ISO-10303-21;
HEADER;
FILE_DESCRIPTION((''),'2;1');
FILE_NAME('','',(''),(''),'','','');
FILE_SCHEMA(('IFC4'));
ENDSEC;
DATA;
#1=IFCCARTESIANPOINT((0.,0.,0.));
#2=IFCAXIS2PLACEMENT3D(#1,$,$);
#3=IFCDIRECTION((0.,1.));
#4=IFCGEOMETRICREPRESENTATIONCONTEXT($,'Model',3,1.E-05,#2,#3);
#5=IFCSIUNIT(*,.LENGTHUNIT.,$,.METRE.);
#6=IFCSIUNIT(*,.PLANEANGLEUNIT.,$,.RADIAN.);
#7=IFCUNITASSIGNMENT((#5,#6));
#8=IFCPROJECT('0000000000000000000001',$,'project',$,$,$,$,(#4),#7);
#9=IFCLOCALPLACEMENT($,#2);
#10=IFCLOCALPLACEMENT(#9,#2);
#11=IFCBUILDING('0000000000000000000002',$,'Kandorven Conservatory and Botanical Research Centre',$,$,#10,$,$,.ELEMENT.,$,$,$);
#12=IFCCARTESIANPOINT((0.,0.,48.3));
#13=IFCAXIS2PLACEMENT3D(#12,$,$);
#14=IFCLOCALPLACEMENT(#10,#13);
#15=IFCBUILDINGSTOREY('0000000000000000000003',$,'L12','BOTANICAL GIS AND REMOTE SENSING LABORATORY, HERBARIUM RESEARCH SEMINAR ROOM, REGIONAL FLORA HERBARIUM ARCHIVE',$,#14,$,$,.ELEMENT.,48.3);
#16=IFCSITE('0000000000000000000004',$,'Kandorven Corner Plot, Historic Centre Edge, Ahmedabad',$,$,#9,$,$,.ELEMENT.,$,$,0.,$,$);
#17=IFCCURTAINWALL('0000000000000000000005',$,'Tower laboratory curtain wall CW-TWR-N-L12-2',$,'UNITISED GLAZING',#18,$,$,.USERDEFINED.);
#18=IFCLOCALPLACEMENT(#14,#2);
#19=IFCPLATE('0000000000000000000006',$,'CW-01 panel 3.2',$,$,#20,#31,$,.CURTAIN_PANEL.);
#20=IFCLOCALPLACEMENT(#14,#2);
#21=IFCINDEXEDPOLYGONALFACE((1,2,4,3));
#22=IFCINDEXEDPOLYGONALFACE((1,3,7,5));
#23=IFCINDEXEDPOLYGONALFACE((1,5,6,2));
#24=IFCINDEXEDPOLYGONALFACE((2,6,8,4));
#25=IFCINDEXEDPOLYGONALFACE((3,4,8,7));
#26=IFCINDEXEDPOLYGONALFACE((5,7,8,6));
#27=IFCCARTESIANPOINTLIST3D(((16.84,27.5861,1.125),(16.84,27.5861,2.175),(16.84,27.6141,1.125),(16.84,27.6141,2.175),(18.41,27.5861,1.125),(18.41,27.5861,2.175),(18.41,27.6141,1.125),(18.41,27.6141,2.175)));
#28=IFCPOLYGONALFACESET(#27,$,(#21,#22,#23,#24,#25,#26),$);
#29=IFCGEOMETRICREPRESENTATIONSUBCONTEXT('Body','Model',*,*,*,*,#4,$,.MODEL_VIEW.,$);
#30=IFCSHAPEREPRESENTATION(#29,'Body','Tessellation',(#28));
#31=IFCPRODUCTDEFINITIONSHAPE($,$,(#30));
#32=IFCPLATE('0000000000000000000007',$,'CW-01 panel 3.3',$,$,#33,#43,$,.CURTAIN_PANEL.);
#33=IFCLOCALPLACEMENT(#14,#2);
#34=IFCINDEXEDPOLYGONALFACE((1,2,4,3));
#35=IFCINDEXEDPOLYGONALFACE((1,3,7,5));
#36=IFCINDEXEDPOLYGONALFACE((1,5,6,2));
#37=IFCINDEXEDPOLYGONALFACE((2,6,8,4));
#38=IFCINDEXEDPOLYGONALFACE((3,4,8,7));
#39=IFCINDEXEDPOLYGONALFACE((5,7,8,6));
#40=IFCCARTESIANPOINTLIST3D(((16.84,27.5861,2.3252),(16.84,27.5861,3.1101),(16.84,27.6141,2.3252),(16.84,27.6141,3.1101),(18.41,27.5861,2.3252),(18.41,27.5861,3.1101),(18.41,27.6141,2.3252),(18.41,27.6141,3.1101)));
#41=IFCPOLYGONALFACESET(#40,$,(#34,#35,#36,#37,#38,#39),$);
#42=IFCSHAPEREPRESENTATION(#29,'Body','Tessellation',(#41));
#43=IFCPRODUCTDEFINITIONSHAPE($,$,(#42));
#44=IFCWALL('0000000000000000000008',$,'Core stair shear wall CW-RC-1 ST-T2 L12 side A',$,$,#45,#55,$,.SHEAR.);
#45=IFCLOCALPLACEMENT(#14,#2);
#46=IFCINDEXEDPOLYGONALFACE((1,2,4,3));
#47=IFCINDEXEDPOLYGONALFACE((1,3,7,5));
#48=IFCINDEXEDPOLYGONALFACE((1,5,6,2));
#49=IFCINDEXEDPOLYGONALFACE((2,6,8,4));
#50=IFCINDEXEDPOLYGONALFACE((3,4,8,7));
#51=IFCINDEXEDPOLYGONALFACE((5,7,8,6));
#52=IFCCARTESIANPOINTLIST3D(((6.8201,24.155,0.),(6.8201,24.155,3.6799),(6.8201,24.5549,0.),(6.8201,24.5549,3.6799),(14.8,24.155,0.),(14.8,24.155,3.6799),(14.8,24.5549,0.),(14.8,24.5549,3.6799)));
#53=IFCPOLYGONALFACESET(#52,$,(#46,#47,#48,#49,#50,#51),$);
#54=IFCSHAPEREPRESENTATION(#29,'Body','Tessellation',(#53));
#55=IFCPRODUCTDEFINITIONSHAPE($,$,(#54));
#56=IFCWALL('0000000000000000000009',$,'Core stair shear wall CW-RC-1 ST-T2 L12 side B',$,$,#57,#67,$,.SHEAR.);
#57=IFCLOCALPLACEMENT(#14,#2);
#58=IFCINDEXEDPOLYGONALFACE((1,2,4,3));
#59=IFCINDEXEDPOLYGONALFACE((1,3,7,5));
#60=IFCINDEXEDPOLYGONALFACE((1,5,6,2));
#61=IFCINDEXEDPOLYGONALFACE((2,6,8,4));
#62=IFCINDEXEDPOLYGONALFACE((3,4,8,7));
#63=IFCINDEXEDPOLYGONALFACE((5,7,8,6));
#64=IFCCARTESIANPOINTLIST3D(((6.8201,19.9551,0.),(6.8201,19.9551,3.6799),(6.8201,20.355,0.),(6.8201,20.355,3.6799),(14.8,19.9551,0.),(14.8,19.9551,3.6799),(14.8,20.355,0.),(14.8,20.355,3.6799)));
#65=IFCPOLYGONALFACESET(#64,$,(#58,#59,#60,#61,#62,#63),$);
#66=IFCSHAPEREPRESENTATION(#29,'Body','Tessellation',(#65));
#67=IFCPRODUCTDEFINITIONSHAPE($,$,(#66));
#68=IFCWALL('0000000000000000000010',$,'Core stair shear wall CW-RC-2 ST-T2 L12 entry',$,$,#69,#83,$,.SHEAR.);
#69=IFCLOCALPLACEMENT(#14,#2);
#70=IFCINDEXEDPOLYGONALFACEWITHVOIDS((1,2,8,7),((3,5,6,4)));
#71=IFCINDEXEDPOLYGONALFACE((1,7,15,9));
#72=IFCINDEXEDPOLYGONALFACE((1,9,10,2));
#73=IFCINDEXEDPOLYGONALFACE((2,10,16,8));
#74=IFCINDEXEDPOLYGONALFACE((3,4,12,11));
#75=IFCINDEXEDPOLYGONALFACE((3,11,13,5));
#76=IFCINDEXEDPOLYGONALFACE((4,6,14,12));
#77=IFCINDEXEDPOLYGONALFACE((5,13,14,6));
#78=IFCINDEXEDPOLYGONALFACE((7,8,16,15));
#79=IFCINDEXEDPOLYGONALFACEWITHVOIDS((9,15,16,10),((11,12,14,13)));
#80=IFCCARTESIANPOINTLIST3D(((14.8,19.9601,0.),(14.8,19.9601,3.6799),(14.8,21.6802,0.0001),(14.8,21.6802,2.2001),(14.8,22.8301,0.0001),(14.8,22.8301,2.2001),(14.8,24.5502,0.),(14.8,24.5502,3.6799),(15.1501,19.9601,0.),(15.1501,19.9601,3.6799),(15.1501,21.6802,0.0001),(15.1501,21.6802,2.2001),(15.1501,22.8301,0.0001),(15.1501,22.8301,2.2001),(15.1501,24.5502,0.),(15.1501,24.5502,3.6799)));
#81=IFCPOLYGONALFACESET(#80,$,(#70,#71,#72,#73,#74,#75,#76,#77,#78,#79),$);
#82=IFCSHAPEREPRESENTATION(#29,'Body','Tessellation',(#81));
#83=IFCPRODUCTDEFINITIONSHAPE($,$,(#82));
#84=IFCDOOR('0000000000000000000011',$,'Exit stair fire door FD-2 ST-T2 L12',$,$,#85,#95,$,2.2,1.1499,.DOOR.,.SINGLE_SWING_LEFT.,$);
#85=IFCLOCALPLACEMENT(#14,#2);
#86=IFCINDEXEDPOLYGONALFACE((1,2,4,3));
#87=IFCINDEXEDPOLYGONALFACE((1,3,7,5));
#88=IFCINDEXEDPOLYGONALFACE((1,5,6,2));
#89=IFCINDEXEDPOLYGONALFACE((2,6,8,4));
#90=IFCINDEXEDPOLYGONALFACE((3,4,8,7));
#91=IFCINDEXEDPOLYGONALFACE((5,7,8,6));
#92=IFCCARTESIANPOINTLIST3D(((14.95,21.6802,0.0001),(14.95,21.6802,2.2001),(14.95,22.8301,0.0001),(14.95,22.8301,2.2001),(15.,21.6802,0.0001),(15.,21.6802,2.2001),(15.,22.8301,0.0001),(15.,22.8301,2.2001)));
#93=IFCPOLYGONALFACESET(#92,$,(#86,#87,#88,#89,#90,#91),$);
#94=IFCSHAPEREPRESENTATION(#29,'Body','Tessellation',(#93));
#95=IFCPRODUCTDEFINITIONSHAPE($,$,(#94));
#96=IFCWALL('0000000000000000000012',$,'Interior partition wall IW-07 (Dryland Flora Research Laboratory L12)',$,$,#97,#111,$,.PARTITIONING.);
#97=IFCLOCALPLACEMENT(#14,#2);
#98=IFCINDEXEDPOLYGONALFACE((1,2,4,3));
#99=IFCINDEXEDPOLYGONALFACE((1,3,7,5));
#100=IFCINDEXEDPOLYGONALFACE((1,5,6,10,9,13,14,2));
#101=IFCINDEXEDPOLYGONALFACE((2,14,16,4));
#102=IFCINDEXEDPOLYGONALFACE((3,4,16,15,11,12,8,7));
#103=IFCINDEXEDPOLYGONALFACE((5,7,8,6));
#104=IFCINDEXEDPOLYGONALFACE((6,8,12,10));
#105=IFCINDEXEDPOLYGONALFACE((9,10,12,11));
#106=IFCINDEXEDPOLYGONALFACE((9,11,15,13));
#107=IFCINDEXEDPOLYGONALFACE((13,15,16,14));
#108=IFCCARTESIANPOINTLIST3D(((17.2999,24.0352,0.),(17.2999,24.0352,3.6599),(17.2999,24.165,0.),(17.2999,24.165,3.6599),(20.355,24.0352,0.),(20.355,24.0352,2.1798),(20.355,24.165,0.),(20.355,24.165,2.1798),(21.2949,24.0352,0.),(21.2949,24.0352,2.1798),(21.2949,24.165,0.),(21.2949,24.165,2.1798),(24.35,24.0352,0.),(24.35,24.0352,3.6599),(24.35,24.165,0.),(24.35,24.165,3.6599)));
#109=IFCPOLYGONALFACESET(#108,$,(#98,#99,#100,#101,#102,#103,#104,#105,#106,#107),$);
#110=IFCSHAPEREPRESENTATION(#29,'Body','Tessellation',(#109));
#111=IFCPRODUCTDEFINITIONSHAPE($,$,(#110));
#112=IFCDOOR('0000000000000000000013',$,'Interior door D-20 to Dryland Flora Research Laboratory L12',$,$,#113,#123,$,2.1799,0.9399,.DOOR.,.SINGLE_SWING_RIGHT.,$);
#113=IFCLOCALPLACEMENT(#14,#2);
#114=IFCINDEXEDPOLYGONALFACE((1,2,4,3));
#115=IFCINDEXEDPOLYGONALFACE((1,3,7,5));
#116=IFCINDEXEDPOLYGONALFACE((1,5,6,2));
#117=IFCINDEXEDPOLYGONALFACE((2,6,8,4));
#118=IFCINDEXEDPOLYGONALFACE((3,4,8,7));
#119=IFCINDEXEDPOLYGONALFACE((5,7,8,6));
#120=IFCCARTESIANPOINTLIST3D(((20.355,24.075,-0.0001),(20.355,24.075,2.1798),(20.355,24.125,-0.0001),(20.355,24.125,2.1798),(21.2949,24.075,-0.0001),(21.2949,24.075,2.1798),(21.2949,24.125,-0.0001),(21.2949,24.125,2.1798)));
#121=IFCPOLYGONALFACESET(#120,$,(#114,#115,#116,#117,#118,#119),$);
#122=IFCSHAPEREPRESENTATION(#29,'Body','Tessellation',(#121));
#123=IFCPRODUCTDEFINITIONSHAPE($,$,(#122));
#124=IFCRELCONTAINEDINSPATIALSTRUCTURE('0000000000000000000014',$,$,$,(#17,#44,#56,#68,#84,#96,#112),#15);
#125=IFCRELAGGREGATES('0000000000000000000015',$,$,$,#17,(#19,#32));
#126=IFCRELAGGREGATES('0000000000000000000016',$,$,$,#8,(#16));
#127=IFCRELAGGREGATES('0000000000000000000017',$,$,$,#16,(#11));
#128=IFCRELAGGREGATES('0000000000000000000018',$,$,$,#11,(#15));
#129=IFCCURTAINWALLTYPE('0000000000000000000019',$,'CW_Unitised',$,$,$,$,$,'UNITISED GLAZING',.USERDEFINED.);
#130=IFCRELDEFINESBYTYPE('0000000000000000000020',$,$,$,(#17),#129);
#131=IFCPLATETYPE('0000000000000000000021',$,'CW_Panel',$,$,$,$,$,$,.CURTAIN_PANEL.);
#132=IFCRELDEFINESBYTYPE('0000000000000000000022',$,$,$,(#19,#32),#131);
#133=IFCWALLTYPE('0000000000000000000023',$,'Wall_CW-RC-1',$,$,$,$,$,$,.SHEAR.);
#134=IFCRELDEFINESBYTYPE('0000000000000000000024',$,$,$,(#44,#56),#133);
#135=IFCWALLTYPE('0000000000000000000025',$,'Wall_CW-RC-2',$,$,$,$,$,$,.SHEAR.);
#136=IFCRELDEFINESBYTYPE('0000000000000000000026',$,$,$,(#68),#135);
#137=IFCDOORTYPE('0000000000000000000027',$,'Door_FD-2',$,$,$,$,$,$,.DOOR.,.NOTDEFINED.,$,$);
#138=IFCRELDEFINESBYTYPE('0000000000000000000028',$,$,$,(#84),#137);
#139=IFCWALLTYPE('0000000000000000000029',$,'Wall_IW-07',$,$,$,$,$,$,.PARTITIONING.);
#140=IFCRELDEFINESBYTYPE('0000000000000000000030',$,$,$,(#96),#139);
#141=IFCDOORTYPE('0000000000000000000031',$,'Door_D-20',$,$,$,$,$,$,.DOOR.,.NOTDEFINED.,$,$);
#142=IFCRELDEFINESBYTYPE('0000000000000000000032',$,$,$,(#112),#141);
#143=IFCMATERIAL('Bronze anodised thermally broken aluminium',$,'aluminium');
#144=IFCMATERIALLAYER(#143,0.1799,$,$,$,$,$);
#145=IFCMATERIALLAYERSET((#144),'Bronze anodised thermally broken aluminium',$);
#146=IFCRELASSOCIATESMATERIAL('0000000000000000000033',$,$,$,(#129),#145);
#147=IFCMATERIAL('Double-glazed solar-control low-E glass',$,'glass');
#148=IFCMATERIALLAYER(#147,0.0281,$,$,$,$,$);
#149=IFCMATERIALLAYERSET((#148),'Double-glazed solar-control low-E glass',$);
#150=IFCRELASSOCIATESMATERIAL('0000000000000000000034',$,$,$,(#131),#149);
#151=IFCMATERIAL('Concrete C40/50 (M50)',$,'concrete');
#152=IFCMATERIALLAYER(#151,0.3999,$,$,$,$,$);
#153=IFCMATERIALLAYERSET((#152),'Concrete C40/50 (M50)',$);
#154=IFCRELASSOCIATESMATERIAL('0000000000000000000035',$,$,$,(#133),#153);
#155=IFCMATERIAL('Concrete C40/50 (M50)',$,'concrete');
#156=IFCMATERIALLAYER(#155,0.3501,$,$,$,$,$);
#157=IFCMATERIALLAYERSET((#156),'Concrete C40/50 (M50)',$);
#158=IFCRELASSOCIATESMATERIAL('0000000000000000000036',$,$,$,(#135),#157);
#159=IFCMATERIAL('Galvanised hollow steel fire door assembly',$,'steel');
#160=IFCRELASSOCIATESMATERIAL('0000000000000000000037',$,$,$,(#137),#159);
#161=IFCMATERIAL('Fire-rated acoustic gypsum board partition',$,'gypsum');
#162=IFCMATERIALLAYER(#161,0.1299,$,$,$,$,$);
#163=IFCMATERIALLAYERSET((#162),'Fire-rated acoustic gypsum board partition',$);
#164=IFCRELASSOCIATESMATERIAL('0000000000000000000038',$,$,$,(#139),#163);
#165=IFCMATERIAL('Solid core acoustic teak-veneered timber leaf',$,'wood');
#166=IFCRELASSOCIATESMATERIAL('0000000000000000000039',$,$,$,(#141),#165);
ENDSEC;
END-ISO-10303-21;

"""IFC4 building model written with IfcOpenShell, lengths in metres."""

from ifc_helpers import new_model, si_unit, direction, frame, frame_2d, origin, origin_2d, place, context, subcontext, project, spatial, rectangle, extrude, material, layer, layer_set, type_object, element, fill, aggregate, save


model = new_model("IFC4")

# Units and contexts
model_context = context("Model", 3, precision=1e-05, world=origin(), true_north=direction((0.0, 1.0)))
body_context = subcontext(model_context, "Body", "Model", "MODEL_VIEW")
ifc_project = project(units=[si_unit("LENGTHUNIT", "METRE"), si_unit("PLANEANGLEUNIT", "RADIAN")], contexts=[model_context])

# Site, building, storey
site_placement = place(None, origin())
site = spatial("IfcSite", under=ifc_project, at=site_placement, Name="Kandorven Corner Plot, Historic Centre Edge, Ahmedabad", CompositionType="ELEMENT", RefElevation=0.0)
building_placement = place(site_placement, origin())
building = spatial("IfcBuilding", under=site, at=building_placement, Name="Kandorven Conservatory and Botanical Research Centre", CompositionType="ELEMENT")
storey_placement = place(building_placement, frame((0.0, 0.0, 48.3)))
storey = spatial("IfcBuildingStorey", under=building, at=storey_placement, Name="L12", Description="BOTANICAL GIS AND REMOTE SENSING LABORATORY, HERBARIUM RESEARCH SEMINAR ROOM, REGIONAL FLORA HERBARIUM ARCHIVE", CompositionType="ELEMENT", Elevation=48.3)

# Curtain wall, plates
ifc_material_1 = material(Name="Bronze anodised thermally broken aluminium", Category="aluminium")
ifc_layer_1 = layer(ifc_material_1, 0.1799)
ifc_layer_set_1 = layer_set([ifc_layer_1], Name="Bronze anodised thermally broken aluminium")
curtain_wall_type = type_object("IfcCurtainWallType", Name="CW_Unitised", ElementType="UNITISED GLAZING", PredefinedType="USERDEFINED", material=ifc_layer_set_1)
curtain_wall_placement = place(storey_placement, origin())
curtain_wall = element("IfcCurtainWall", 1, at=curtain_wall_placement, inside=storey, type_object=curtain_wall_type, Name="Tower laboratory curtain wall CW-TWR-N-L12-2", ObjectType="UNITISED GLAZING", PredefinedType="USERDEFINED")
ifc_material_2 = material(Name="Double-glazed solar-control low-E glass", Category="glass")
ifc_layer_2 = layer(ifc_material_2, 0.0281)
ifc_layer_set_2 = layer_set([ifc_layer_2], Name="Double-glazed solar-control low-E glass")
plate_type = type_object("IfcPlateType", Name="CW_Panel", PredefinedType="CURTAIN_PANEL", material=ifc_layer_set_2)
plate_1_placement = place(storey_placement, frame((17.625, 27.6001, 1.125), z_axis=(0.0, 0.0, 1.0), x_axis=(1.0, 0.0, 0.0)))
plate_1 = element("IfcPlate", 2, at=plate_1_placement, type_object=plate_type, Name="CW-01 panel 3.2", PredefinedType="CURTAIN_PANEL", context=body_context, shape_type="SweptSolid", body=[
    extrude(rectangle(XDim=1.5701, YDim=0.0281, at=origin_2d()), origin(), (0.0, 0.0, 1.0), 1.05),
])
plate_2_placement = place(storey_placement, frame((17.625, 27.6001, 2.3252), z_axis=(0.0, 0.0, 1.0), x_axis=(1.0, 0.0, 0.0)))
plate_2 = element("IfcPlate", 3, at=plate_2_placement, type_object=plate_type, Name="CW-01 panel 3.3", PredefinedType="CURTAIN_PANEL", context=body_context, shape_type="SweptSolid", body=[
    extrude(rectangle(XDim=1.5701, YDim=0.0281, at=origin_2d()), origin(), (0.0, 0.0, 1.0), 0.7849),
])
aggregate(curtain_wall, [plate_1, plate_2])

# Walls
ifc_material_3 = material(Name="Concrete C40/50 (M50)", Category="concrete")
ifc_layer_3 = layer(ifc_material_3, 0.3999)
ifc_layer_set_3 = layer_set([ifc_layer_3], Name="Concrete C40/50 (M50)")
wall_type_1 = type_object("IfcWallType", Name="Wall_CW-RC-1", PredefinedType="SHEAR", material=ifc_layer_set_3)
for number, where, z_axis, x_axis, name in (
    (4, (14.8, 24.355, 0.0), (0.0, 0.0, 1.0), (-1.0, 0.0, 0.0), "Core stair shear wall CW-RC-1 ST-T2 L12 side A"),
    (5, (14.8, 20.155, 0.0), (0.0, 0.0, 1.0), (-1.0, 0.0, 0.0), "Core stair shear wall CW-RC-1 ST-T2 L12 side B"),
):
    element("IfcWall", number, at=place(storey_placement, frame(where, z_axis=z_axis, x_axis=x_axis)), inside=storey, type_object=wall_type_1, Name=name, PredefinedType="SHEAR", context=body_context, shape_type="SweptSolid", body=[
        extrude(rectangle(XDim=7.98, YDim=0.3999, at=frame_2d((3.99, 0.0))), origin(), (0.0, 0.0, 1.0), 3.6799),
    ])

# Walls, openings, doors
ifc_material_4 = material(Name="Concrete C40/50 (M50)", Category="concrete")
ifc_layer_4 = layer(ifc_material_4, 0.3501)
ifc_layer_set_4 = layer_set([ifc_layer_4], Name="Concrete C40/50 (M50)")
wall_type_2 = type_object("IfcWallType", Name="Wall_CW-RC-2", PredefinedType="SHEAR", material=ifc_layer_set_4)
wall_1_placement = place(storey_placement, frame((14.9751, 24.55, 0.0), z_axis=(0.0, 0.0, 1.0), x_axis=(0.0, -1.0, 0.0)))
wall_1 = element("IfcWall", 6, at=wall_1_placement, inside=storey, type_object=wall_type_2, Name="Core stair shear wall CW-RC-2 ST-T2 L12 entry", PredefinedType="SHEAR", context=body_context, shape_type="SweptSolid", body=[
    extrude(rectangle(XDim=4.5901, YDim=0.3501, at=frame_2d((2.2949, 0.0))), origin(), (0.0, 0.0, 1.0), 3.6799),
])
opening_1_placement = place(wall_1_placement, frame((1.72, 0.0, 0.0)))
opening_1 = element("IfcOpeningElement", 7, at=opening_1_placement, cuts=wall_1, PredefinedType="OPENING", context=body_context, shape_type="SweptSolid", body=[
    extrude(rectangle(XDim=1.1499, YDim=2.2, at=frame_2d((0.575, 1.1001))), frame((0.0, 0.1851, 0.0), z_axis=(0.0, -1.0, 0.0), x_axis=(1.0, 0.0, 0.0)), (0.0, 0.0, 1.0), 0.3701),
])
ifc_material_5 = material(Name="Galvanised hollow steel fire door assembly", Category="steel")
door_type_1 = type_object("IfcDoorType", Name="Door_FD-2", OperationType="NOTDEFINED", PredefinedType="DOOR", material=ifc_material_5)
door_1_placement = place(opening_1_placement, origin())
door_1 = element("IfcDoor", 8, at=door_1_placement, inside=storey, type_object=door_type_1, Name="Exit stair fire door FD-2 ST-T2 L12", OperationType="SINGLE_SWING_LEFT", OverallHeight=2.2, OverallWidth=1.1499, PredefinedType="DOOR", context=body_context, shape_type="SweptSolid", body=[
    extrude(rectangle(XDim=1.1499, YDim=2.2, at=frame_2d((0.575, 1.1001))), frame((0.0, 0.0249, 0.0), z_axis=(0.0, -1.0, 0.0), x_axis=(1.0, 0.0, 0.0)), (0.0, 0.0, 1.0), 0.05),
])
fill(opening_1, door_1)
ifc_material_6 = material(Name="Fire-rated acoustic gypsum board partition", Category="gypsum")
ifc_layer_5 = layer(ifc_material_6, 0.1299)
ifc_layer_set_5 = layer_set([ifc_layer_5], Name="Fire-rated acoustic gypsum board partition")
wall_type_3 = type_object("IfcWallType", Name="Wall_IW-07", PredefinedType="PARTITIONING", material=ifc_layer_set_5)
wall_2_placement = place(storey_placement, frame((17.3, 24.1001, 0.0), z_axis=(0.0, 0.0, 1.0), x_axis=(1.0, 0.0, 0.0)))
wall_2 = element("IfcWall", 9, at=wall_2_placement, inside=storey, type_object=wall_type_3, Name="Interior partition wall IW-07 (Dryland Flora Research Laboratory L12)", PredefinedType="PARTITIONING", context=body_context, shape_type="SweptSolid", body=[
    extrude(rectangle(XDim=7.05, YDim=0.1299, at=frame_2d((3.5249, 0.0))), origin(), (0.0, 0.0, 1.0), 3.6599),
])
opening_2_placement = place(wall_2_placement, frame((3.0549, 0.0, 0.0)))
opening_2 = element("IfcOpeningElement", 10, at=opening_2_placement, cuts=wall_2, PredefinedType="OPENING", context=body_context, shape_type="SweptSolid", body=[
    extrude(rectangle(XDim=0.9399, YDim=2.1799, at=frame_2d((0.47, 1.0898))), frame((0.0, 0.075, 0.0), z_axis=(0.0, -1.0, 0.0), x_axis=(1.0, 0.0, 0.0)), (0.0, 0.0, 1.0), 0.1499),
])
ifc_material_7 = material(Name="Solid core acoustic teak-veneered timber leaf", Category="wood")
door_type_2 = type_object("IfcDoorType", Name="Door_D-20", OperationType="NOTDEFINED", PredefinedType="DOOR", material=ifc_material_7)
door_2_placement = place(opening_2_placement, origin())
door_2 = element("IfcDoor", 11, at=door_2_placement, inside=storey, type_object=door_type_2, Name="Interior door D-20 to Dryland Flora Research Laboratory L12", OperationType="SINGLE_SWING_RIGHT", OverallHeight=2.1799, OverallWidth=0.9399, PredefinedType="DOOR", context=body_context, shape_type="SweptSolid", body=[
    extrude(rectangle(XDim=0.9399, YDim=2.1799, at=frame_2d((0.47, 1.0898))), frame((0.0, 0.0249, 0.0), z_axis=(0.0, -1.0, 0.0), x_axis=(1.0, 0.0, 0.0)), (0.0, 0.0, 1.0), 0.05),
])
fill(opening_2, door_2)

save(model, "model.ifc")
